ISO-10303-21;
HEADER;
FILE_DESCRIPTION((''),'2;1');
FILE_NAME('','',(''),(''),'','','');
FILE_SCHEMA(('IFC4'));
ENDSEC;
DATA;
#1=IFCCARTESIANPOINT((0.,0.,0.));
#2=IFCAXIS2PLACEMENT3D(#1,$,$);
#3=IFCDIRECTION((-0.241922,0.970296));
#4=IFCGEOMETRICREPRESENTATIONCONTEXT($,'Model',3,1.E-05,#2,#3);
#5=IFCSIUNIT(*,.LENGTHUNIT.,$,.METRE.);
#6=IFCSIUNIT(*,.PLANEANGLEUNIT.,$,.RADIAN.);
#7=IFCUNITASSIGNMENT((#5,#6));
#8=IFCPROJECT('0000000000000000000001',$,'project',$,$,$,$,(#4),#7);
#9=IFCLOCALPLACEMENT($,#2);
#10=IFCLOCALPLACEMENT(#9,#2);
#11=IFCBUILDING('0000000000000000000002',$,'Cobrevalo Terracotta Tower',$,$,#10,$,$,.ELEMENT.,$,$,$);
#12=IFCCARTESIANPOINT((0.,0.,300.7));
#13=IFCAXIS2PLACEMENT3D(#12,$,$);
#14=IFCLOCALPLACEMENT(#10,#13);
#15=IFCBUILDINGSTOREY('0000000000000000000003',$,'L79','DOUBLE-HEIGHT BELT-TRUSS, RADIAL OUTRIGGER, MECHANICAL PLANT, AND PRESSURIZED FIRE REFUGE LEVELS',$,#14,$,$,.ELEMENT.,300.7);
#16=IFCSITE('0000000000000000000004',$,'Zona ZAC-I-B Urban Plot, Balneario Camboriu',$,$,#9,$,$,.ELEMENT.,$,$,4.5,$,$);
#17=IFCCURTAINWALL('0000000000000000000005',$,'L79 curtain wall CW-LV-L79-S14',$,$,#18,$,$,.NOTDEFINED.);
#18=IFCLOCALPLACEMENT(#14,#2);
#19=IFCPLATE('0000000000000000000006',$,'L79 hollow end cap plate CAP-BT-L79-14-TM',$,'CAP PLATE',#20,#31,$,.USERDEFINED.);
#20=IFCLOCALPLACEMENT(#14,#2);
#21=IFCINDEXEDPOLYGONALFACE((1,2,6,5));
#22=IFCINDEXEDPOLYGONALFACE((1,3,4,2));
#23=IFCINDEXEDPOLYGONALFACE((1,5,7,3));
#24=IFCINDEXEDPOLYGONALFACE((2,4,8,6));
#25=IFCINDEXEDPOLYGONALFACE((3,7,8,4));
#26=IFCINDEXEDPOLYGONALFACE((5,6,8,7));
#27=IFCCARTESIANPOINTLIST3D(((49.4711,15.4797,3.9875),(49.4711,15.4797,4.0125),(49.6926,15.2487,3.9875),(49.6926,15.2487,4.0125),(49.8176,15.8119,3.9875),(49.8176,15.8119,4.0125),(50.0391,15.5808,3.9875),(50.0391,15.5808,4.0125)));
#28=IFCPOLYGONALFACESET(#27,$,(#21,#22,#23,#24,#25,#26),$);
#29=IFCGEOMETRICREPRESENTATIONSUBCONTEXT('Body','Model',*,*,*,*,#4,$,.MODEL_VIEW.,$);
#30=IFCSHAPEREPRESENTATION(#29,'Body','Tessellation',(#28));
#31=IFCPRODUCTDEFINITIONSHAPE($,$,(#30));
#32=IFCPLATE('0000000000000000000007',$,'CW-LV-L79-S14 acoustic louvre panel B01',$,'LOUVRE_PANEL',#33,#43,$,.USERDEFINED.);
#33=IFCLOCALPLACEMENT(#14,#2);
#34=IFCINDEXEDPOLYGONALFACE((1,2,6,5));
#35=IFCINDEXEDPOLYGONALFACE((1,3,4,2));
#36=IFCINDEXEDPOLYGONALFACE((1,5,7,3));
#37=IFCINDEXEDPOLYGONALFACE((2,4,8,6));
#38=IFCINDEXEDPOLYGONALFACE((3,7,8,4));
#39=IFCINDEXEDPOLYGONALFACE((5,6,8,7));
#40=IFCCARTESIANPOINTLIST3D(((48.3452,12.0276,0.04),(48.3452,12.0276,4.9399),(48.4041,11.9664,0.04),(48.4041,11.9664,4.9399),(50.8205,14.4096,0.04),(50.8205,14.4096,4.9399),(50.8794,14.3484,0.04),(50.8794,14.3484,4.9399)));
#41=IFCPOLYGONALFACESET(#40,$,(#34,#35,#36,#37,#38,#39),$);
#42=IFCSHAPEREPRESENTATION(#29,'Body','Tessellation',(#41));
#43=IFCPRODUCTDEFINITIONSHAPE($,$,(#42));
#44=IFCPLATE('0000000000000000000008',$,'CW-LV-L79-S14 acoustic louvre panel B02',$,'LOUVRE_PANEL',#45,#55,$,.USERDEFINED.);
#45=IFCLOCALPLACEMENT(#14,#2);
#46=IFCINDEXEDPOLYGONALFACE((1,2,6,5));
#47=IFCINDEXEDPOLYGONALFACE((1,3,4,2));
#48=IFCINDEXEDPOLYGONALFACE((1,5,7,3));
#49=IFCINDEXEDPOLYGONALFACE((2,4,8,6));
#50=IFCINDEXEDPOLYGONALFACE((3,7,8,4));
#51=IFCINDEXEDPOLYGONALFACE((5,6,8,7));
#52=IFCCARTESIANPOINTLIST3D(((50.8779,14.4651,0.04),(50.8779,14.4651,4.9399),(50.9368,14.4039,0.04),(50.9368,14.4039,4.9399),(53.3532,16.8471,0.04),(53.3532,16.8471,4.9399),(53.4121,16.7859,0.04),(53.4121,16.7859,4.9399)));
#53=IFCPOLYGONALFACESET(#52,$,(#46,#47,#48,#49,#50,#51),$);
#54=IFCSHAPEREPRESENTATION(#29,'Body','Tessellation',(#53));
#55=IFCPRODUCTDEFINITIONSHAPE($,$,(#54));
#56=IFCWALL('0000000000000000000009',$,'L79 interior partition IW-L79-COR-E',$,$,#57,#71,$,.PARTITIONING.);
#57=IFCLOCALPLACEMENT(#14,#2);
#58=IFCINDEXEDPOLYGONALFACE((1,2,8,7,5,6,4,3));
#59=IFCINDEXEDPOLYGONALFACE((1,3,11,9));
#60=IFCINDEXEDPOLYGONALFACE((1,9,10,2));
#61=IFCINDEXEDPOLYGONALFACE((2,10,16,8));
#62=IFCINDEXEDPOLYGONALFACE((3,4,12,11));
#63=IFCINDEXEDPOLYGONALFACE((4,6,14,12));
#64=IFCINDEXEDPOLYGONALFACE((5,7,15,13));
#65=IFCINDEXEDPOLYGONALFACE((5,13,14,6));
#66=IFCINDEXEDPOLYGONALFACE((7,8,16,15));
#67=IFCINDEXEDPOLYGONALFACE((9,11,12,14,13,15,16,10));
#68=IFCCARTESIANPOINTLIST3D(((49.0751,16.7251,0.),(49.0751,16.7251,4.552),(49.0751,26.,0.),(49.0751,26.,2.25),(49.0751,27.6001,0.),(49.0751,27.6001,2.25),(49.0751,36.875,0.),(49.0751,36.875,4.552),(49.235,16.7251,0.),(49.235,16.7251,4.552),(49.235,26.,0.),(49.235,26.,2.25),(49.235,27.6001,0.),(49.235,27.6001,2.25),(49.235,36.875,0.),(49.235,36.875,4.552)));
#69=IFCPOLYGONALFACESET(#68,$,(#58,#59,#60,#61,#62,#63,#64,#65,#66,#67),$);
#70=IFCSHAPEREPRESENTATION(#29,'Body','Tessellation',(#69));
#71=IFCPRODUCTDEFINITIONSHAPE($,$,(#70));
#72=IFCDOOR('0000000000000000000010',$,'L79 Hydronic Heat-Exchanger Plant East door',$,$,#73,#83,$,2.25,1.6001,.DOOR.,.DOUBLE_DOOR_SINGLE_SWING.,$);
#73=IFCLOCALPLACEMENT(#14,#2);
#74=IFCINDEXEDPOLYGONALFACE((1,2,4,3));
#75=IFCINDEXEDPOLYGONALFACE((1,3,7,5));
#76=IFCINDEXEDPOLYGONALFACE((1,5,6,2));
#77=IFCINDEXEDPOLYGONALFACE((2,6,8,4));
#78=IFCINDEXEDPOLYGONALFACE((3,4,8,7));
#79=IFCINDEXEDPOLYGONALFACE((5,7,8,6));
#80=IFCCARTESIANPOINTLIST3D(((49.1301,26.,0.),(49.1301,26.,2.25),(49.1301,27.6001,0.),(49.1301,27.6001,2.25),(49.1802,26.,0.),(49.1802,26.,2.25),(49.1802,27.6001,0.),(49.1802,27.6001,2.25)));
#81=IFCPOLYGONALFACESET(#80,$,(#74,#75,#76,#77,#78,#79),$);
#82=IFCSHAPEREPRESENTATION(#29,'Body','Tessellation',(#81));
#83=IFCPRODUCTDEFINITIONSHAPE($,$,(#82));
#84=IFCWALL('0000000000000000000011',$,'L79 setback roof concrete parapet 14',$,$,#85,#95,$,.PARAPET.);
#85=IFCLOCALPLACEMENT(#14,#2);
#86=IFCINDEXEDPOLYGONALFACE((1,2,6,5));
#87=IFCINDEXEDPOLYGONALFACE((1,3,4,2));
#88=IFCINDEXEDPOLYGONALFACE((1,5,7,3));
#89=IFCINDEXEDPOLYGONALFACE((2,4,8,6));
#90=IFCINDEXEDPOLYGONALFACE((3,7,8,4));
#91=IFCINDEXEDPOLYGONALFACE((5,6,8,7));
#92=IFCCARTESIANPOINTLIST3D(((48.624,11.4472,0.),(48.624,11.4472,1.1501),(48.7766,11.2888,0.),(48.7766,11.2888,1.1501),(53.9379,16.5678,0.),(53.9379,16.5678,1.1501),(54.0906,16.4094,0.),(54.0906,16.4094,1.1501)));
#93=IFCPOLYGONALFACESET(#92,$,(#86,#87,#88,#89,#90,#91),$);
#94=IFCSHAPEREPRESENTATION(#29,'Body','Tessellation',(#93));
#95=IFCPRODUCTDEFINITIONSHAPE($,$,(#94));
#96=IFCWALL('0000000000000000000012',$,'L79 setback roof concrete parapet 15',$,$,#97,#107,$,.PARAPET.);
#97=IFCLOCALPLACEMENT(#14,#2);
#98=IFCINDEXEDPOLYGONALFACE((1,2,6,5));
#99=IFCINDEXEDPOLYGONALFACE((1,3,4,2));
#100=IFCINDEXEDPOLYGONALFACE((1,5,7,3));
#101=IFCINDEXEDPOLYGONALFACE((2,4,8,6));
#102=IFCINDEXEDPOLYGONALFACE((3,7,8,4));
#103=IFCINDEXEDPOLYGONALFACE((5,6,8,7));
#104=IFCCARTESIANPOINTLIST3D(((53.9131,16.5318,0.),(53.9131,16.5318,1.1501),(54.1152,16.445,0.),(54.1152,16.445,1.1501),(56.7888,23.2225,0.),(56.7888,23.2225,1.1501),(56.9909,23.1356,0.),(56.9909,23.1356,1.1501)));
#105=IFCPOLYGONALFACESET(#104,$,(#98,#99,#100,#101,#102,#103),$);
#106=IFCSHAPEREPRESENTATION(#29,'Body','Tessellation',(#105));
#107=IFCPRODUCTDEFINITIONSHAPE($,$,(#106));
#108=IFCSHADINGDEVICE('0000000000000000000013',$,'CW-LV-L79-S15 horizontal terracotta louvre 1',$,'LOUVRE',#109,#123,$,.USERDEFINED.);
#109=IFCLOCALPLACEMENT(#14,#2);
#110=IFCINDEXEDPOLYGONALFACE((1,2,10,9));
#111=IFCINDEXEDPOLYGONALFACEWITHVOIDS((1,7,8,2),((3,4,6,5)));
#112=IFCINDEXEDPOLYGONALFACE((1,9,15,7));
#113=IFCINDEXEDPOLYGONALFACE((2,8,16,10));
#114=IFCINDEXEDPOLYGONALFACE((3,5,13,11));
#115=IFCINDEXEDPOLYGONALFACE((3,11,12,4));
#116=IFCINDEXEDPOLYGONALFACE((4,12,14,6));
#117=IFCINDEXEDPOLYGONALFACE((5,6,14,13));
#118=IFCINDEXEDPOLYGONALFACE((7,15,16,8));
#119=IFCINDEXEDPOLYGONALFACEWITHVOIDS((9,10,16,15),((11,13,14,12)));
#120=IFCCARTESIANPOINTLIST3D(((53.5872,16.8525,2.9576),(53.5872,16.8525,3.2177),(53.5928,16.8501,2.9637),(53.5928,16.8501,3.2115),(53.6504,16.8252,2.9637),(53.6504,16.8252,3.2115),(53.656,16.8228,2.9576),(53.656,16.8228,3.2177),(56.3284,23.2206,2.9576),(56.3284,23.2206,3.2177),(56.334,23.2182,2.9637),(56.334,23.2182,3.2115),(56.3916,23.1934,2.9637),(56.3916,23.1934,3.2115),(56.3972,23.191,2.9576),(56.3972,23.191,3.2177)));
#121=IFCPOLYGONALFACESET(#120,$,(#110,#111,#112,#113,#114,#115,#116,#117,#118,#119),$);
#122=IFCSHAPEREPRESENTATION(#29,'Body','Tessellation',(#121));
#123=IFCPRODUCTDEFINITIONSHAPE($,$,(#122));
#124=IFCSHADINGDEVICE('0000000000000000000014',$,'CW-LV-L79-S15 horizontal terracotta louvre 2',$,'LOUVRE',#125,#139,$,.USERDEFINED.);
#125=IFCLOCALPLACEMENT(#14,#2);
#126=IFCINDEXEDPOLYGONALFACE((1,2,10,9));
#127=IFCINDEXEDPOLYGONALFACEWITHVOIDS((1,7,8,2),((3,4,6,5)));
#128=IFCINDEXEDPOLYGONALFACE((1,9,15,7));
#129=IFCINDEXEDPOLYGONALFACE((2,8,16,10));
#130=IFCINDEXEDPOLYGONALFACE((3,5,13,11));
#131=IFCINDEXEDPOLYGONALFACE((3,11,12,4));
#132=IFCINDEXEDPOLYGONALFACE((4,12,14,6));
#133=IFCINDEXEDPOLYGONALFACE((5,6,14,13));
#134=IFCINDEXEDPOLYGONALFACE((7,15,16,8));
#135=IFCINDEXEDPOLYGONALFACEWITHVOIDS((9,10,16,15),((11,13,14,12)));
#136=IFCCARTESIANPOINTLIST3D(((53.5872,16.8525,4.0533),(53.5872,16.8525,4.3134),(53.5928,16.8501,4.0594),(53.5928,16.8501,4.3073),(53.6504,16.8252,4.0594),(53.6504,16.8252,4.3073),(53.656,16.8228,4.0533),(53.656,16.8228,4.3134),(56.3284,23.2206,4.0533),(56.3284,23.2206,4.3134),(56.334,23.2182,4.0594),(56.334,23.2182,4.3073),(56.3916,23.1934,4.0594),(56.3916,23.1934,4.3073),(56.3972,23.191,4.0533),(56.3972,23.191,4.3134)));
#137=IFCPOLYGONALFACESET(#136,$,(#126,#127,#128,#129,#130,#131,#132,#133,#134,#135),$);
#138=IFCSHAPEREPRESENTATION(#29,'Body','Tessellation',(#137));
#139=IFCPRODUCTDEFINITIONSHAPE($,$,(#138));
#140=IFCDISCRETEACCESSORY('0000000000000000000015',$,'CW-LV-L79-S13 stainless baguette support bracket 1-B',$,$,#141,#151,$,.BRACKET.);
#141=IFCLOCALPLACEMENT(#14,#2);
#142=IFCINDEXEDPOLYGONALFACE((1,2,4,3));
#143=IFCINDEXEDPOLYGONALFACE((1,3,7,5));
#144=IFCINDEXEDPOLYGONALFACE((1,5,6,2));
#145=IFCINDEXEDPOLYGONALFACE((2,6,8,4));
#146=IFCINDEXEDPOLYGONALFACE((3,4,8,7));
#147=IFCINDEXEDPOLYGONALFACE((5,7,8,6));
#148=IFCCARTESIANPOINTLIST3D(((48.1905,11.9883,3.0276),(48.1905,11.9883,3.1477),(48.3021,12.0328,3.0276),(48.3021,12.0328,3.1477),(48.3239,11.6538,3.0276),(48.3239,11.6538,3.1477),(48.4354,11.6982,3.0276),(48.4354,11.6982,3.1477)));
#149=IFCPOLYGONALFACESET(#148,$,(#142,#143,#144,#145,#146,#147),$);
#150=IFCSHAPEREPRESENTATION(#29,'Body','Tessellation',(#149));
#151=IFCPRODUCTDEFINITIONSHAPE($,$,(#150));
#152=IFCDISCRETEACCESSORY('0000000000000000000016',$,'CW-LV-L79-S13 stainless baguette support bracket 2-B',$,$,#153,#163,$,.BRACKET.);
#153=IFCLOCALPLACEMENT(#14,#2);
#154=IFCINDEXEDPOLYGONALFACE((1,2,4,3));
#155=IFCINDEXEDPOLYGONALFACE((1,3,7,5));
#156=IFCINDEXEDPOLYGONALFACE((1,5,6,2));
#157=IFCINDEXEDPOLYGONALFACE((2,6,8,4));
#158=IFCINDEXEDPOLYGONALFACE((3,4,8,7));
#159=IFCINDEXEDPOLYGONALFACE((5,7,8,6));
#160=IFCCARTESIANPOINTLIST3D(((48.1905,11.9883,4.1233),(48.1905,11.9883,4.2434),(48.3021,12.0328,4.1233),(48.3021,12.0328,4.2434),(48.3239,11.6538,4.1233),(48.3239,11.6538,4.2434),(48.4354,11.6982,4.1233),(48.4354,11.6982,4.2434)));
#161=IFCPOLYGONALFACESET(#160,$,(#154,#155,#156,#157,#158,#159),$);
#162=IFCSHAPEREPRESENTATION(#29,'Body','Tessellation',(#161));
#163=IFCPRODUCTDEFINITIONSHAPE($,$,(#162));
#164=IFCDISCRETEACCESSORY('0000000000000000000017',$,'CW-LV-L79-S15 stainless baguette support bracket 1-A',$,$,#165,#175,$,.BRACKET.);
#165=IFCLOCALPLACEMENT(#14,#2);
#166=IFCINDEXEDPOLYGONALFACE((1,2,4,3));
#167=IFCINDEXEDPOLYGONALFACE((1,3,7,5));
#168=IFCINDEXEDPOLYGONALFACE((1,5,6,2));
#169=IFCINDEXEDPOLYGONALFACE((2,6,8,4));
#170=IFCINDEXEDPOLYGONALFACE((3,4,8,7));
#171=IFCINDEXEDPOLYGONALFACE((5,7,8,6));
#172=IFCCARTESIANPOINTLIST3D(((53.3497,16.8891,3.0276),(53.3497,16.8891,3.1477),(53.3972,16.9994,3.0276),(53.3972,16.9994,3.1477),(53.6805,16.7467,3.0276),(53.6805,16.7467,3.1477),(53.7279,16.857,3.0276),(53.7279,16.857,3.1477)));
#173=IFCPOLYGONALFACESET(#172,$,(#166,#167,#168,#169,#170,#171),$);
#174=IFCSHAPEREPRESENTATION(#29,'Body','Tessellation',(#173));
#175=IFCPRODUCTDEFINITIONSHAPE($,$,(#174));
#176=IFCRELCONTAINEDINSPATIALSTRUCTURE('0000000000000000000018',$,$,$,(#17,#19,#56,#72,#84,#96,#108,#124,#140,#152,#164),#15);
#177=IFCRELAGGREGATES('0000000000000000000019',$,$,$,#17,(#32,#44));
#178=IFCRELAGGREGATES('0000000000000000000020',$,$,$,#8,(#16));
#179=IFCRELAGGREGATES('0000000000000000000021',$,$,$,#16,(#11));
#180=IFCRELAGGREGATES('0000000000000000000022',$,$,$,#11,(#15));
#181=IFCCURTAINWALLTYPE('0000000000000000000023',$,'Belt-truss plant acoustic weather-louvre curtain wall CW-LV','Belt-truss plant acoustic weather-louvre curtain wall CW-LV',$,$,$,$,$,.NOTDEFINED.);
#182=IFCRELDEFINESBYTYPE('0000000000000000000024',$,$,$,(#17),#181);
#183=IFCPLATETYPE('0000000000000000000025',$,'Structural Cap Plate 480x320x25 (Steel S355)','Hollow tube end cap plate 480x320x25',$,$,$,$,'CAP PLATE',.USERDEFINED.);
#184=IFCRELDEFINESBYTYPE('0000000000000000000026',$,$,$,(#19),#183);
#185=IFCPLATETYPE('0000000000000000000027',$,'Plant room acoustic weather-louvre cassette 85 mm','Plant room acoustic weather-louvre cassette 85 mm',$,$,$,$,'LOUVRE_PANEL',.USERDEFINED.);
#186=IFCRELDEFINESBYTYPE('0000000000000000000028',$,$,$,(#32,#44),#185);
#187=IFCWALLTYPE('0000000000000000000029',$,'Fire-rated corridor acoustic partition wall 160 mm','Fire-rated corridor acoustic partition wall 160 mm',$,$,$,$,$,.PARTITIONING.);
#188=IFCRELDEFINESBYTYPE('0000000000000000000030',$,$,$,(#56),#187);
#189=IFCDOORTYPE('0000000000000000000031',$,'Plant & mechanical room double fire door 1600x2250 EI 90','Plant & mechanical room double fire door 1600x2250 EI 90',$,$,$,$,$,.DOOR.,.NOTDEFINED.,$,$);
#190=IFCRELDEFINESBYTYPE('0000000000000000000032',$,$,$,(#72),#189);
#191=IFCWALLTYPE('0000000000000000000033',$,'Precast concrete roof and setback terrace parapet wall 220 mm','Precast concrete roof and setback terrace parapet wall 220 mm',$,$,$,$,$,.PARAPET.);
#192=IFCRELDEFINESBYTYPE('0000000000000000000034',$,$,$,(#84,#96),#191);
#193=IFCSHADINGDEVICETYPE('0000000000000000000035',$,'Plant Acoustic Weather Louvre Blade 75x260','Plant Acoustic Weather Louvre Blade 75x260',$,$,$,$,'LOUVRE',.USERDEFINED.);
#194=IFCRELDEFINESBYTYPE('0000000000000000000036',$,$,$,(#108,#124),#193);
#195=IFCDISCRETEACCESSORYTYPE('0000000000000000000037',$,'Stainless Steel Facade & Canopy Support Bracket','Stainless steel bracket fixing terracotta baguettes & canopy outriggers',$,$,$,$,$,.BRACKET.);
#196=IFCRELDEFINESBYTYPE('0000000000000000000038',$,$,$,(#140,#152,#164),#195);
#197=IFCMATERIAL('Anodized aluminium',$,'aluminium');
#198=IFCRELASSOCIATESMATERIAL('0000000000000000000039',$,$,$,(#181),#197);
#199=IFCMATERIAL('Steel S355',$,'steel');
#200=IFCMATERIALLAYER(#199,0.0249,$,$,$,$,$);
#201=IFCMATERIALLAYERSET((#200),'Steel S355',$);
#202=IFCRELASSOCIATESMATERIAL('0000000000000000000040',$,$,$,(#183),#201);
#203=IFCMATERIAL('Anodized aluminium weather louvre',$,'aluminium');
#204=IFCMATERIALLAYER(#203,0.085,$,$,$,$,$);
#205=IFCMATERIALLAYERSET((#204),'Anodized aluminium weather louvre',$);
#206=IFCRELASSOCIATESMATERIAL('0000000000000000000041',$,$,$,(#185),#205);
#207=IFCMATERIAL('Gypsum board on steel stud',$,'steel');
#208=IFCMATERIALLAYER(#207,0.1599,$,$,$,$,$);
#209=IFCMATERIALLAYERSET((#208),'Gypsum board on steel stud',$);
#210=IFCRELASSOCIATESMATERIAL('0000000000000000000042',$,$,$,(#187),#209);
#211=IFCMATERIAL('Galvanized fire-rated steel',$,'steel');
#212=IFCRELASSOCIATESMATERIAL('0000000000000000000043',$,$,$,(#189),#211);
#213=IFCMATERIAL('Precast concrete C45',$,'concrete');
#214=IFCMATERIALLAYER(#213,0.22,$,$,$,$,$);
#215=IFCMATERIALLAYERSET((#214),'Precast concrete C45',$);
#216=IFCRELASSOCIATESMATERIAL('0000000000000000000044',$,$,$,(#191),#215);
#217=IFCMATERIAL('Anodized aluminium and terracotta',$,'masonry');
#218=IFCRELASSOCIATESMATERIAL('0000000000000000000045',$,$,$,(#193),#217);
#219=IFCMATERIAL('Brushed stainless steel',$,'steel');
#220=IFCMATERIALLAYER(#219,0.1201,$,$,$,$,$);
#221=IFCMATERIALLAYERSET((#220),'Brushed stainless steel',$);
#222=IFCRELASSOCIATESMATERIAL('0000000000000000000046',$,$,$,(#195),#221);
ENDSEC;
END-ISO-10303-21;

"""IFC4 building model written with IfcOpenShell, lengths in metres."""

from ifc_helpers import new_model, si_unit, direction, frame, frame_2d, origin, origin_2d, place, context, subcontext, project, spatial, rectangle, hollow_rectangle, extrude, source, transform, mapped, material, layer, layer_set, material_profile, profile_set, type_object, element, fill, aggregate, save


model = new_model("IFC4")

# Units and contexts
model_context = context("Model", 3, precision=1e-05, world=origin(), true_north=direction((-0.241922, 0.970296)))
body_context = subcontext(model_context, "Body", "Model", "MODEL_VIEW")
ifc_project = project(units=[si_unit("LENGTHUNIT", "METRE"), si_unit("PLANEANGLEUNIT", "RADIAN")], contexts=[model_context])

# Site, building, storey
site_placement = place(None, origin())
site = spatial("IfcSite", under=ifc_project, at=site_placement, Name="Zona ZAC-I-B Urban Plot, Balneario Camboriu", CompositionType="ELEMENT", RefElevation=4.5)
building_placement = place(site_placement, origin())
building = spatial("IfcBuilding", under=site, at=building_placement, Name="Cobrevalo Terracotta Tower", CompositionType="ELEMENT")
storey_placement = place(building_placement, frame((0.0, 0.0, 300.7)))
storey = spatial("IfcBuildingStorey", under=building, at=storey_placement, Name="L79", Description="DOUBLE-HEIGHT BELT-TRUSS, RADIAL OUTRIGGER, MECHANICAL PLANT, AND PRESSURIZED FIRE REFUGE LEVELS", CompositionType="ELEMENT", Elevation=300.7)

# Shared definitions
ifc_material_1 = material(Name="Steel S355", Category="steel")

# Shared definitions
ifc_material_2 = material(Name="Anodized aluminium", Category="aluminium")
curtain_wall_type = type_object("IfcCurtainWallType", Name="Belt-truss plant acoustic weather-louvre curtain wall CW-LV", Description="Belt-truss plant acoustic weather-louvre curtain wall CW-LV", PredefinedType="NOTDEFINED", material=ifc_material_2)

# Curtain wall
curtain_wall_1_placement = place(storey_placement, origin())
curtain_wall_1 = element("IfcCurtainWall", 1, at=curtain_wall_1_placement, inside=storey, type_object=curtain_wall_type, Name="L79 curtain wall CW-LV-L79-S14", PredefinedType="NOTDEFINED")

# Plate
ifc_layer_1 = layer(ifc_material_1, 0.0249)
ifc_layer_set_1 = layer_set([ifc_layer_1], Name="Steel S355")
plate_type_1 = type_object("IfcPlateType", Name="Structural Cap Plate 480x320x25 (Steel S355)", Description="Hollow tube end cap plate 480x320x25", ElementType="CAP PLATE", PredefinedType="USERDEFINED", material=ifc_layer_set_1)
shared_shape_1 = source(origin(), body_context, "Body", "SweptSolid", [
    extrude(rectangle(XDim=0.48, YDim=0.3201, at=origin_2d()), origin(), (0.0, 0.0, 1.0), 0.0249),
])
for number, where, z_axis, x_axis, name in (
    (2, (49.7551, 15.5303, 3.9875), (0.0, 0.0, 1.0), (0.721856, 0.692044, 0.0), "L79 hollow end cap plate CAP-BT-L79-14-TM"),
):
    element("IfcPlate", number, at=place(storey_placement, frame(where, z_axis=z_axis, x_axis=x_axis)), inside=storey, type_object=plate_type_1, Name=name, ObjectType="CAP PLATE", PredefinedType="USERDEFINED", context=body_context, shape_type="MappedRepresentation", body=[
        mapped(shared_shape_1, transform((0.0, 0.0, 0.0), scale=1.0)),
    ])

# Plates
ifc_material_3 = material(Name="Anodized aluminium weather louvre", Category="aluminium")
ifc_layer_2 = layer(ifc_material_3, 0.085)
ifc_layer_set_2 = layer_set([ifc_layer_2], Name="Anodized aluminium weather louvre")
plate_type_2 = type_object("IfcPlateType", Name="Plant room acoustic weather-louvre cassette 85 mm", Description="Plant room acoustic weather-louvre cassette 85 mm", ElementType="LOUVRE_PANEL", PredefinedType="USERDEFINED", material=ifc_layer_set_2)
shared_shape_2 = source(origin(), body_context, "Body", "SweptSolid", [
    extrude(rectangle(XDim=3.4353, YDim=0.085, at=origin_2d()), origin(), (0.0, 0.0, 1.0), 4.8999),
])
plate_1_placement = place(storey_placement, frame((49.6123, 13.188, 0.04), z_axis=(0.0, 0.0, 1.0), x_axis=(0.720557, 0.693396, 0.0)))
plate_1 = element("IfcPlate", 3, at=plate_1_placement, type_object=plate_type_2, Name="CW-LV-L79-S14 acoustic louvre panel B01", ObjectType="LOUVRE_PANEL", PredefinedType="USERDEFINED", context=body_context, shape_type="MappedRepresentation", body=[
    mapped(shared_shape_2, transform((0.0, 0.0, 0.0), scale=1.0)),
])
plate_2_placement = place(storey_placement, frame((52.145, 15.6255, 0.04), z_axis=(0.0, 0.0, 1.0), x_axis=(0.720557, 0.693396, 0.0)))
plate_2 = element("IfcPlate", 4, at=plate_2_placement, type_object=plate_type_2, Name="CW-LV-L79-S14 acoustic louvre panel B02", ObjectType="LOUVRE_PANEL", PredefinedType="USERDEFINED", context=body_context, shape_type="MappedRepresentation", body=[
    mapped(shared_shape_2, transform((0.0, 0.0, 0.0), scale=1.0)),
])
aggregate(curtain_wall_1, [plate_1, plate_2])

# Wall, opening, door
ifc_material_4 = material(Name="Gypsum board on steel stud", Category="steel")
ifc_layer_3 = layer(ifc_material_4, 0.1599)
ifc_layer_set_3 = layer_set([ifc_layer_3], Name="Gypsum board on steel stud")
wall_type_1 = type_object("IfcWallType", Name="Fire-rated corridor acoustic partition wall 160 mm", Description="Fire-rated corridor acoustic partition wall 160 mm", PredefinedType="PARTITIONING", material=ifc_layer_set_3)
wall_1_placement = place(storey_placement, frame((49.155, 16.7251, 0.0), z_axis=(0.0, 0.0, 1.0), x_axis=(0.0, 1.0, 0.0)))
wall_1 = element("IfcWall", 5, at=wall_1_placement, inside=storey, type_object=wall_type_1, Name="L79 interior partition IW-L79-COR-E", PredefinedType="PARTITIONING", context=body_context, shape_type="SweptSolid", body=[
    extrude(rectangle(XDim=20.1499, YDim=0.1599, at=frame_2d((10.075, 0.0))), origin(), (0.0, 0.0, 1.0), 4.552),
])
opening_placement = place(wall_1_placement, frame((9.2749, 0.0, 0.0)))
opening = element("IfcOpeningElement", 6, at=opening_placement, cuts=wall_1, PredefinedType="OPENING", context=body_context, shape_type="SweptSolid", body=[
    extrude(rectangle(XDim=1.6001, YDim=2.25, at=frame_2d((0.8, 1.125))), frame((0.0, 0.0898, 0.0), z_axis=(0.0, -1.0, 0.0), x_axis=(1.0, 0.0, 0.0)), (0.0, 0.0, 1.0), 0.1799),
])
ifc_material_5 = material(Name="Galvanized fire-rated steel", Category="steel")
door_type = type_object("IfcDoorType", Name="Plant & mechanical room double fire door 1600x2250 EI 90", Description="Plant & mechanical room double fire door 1600x2250 EI 90", OperationType="NOTDEFINED", PredefinedType="DOOR", material=ifc_material_5)
shared_shape_3 = source(origin(), body_context, "Body", "SweptSolid", [
    extrude(rectangle(XDim=1.6001, YDim=2.25, at=frame_2d((0.8, 1.125))), frame((0.0, 0.0249, 0.0), z_axis=(0.0, -1.0, 0.0), x_axis=(1.0, 0.0, 0.0)), (0.0, 0.0, 1.0), 0.05),
])
door_placement = place(opening_placement, origin())
door = element("IfcDoor", 7, at=door_placement, inside=storey, type_object=door_type, Name="L79 Hydronic Heat-Exchanger Plant East door", OperationType="DOUBLE_DOOR_SINGLE_SWING", OverallHeight=2.25, OverallWidth=1.6001, PredefinedType="DOOR", context=body_context, shape_type="MappedRepresentation", body=[
    mapped(shared_shape_3, transform((0.0, 0.0, 0.0), scale=1.0)),
])
fill(opening, door)

# Walls
ifc_material_6 = material(Name="Precast concrete C45", Category="concrete")
ifc_layer_4 = layer(ifc_material_6, 0.22)
ifc_layer_set_4 = layer_set([ifc_layer_4], Name="Precast concrete C45")
wall_type_2 = type_object("IfcWallType", Name="Precast concrete roof and setback terrace parapet wall 220 mm", Description="Precast concrete roof and setback terrace parapet wall 220 mm", PredefinedType="PARAPET", material=ifc_layer_set_4)
wall_2_placement = place(storey_placement, frame((48.7002, 11.3679, 0.0), z_axis=(0.0, 0.0, 1.0), x_axis=(0.720086, 0.693885, 0.0)))
element("IfcWall", 8, at=wall_2_placement, inside=storey, type_object=wall_type_2, Name="L79 setback roof concrete parapet 14", PredefinedType="PARAPET", context=body_context, shape_type="SweptSolid", body=[
    extrude(rectangle(XDim=7.3796, YDim=0.22, at=frame_2d((3.6899, 0.0))), origin(), (0.0, 0.0, 1.0), 1.1501),
])
wall_3_placement = place(storey_placement, frame((54.0142, 16.4885, 0.0), z_axis=(0.0, 0.0, 1.0), x_axis=(0.394882, 0.918732, 0.0)))
element("IfcWall", 9, at=wall_3_placement, inside=storey, type_object=wall_type_2, Name="L79 setback roof concrete parapet 15", PredefinedType="PARAPET", context=body_context, shape_type="SweptSolid", body=[
    extrude(rectangle(XDim=7.2825, YDim=0.22, at=frame_2d((3.6411, 0.0))), origin(), (0.0, 0.0, 1.0), 1.1501),
])

# Shading devices
ifc_material_7 = material(Name="Anodized aluminium and terracotta", Category="masonry")
ifc_material_profile_1 = material_profile(ifc_material_7, hollow_rectangle(XDim=0.075, YDim=0.26, WallThickness=0.0061, at=origin_2d()), Name="LOUVRE BLADE 75x260")
ifc_profile_set_1 = profile_set([ifc_material_profile_1], Name="Anodized aluminium and terracotta")
shading_device_type = type_object("IfcShadingDeviceType", Name="Plant Acoustic Weather Louvre Blade 75x260", Description="Plant Acoustic Weather Louvre Blade 75x260", ElementType="LOUVRE", PredefinedType="USERDEFINED", material=ifc_profile_set_1)
shared_shape_4 = source(origin(), body_context, "Body", "SweptSolid", [
    extrude(hollow_rectangle(XDim=0.075, YDim=0.26, WallThickness=0.0061, at=origin_2d()), origin(), (0.0, 0.0, 1.0), 6.9331),
])
for number, where, z_axis, x_axis, name in (
    (10, (53.6216, 16.8376, 3.0876), (0.395381, 0.918517, 0.0), (-0.918517, 0.395381, 0.0), "CW-LV-L79-S15 horizontal terracotta louvre 1"),
    (11, (53.6216, 16.8376, 4.1833), (0.395381, 0.918517, 0.0), (-0.918517, 0.395381, 0.0), "CW-LV-L79-S15 horizontal terracotta louvre 2"),
):
    element("IfcShadingDevice", number, at=place(storey_placement, frame(where, z_axis=z_axis, x_axis=x_axis)), inside=storey, type_object=shading_device_type, Name=name, ObjectType="LOUVRE", PredefinedType="USERDEFINED", context=body_context, shape_type="MappedRepresentation", body=[
        mapped(shared_shape_4, transform((0.0, 0.0, 0.0), scale=1.0)),
    ])

# Discrete accessories
ifc_material_8 = material(Name="Brushed stainless steel", Category="steel")
ifc_layer_5 = layer(ifc_material_8, 0.1201)
ifc_layer_set_5 = layer_set([ifc_layer_5], Name="Brushed stainless steel")
discrete_accessory_type = type_object("IfcDiscreteAccessoryType", Name="Stainless Steel Facade & Canopy Support Bracket", Description="Stainless steel bracket fixing terracotta baguettes & canopy outriggers", PredefinedType="BRACKET", material=ifc_layer_set_5)
shared_shape_5 = source(origin(), body_context, "Body", "SweptSolid", [
    extrude(rectangle(XDim=0.1201, YDim=0.3601, at=origin_2d()), origin(), (0.0, 0.0, 1.0), 0.1201),
])
for number, where, z_axis, x_axis, name in (
    (12, (48.313, 11.8433, 3.0276), (0.0, 0.0, 1.0), (0.928925, 0.370269, 0.0), "CW-LV-L79-S13 stainless baguette support bracket 1-B"),
    (13, (48.313, 11.8433, 4.1233), (0.0, 0.0, 1.0), (0.928925, 0.370269, 0.0), "CW-LV-L79-S13 stainless baguette support bracket 2-B"),
    (14, (53.5388, 16.873, 3.0276), (0.0, 0.0, 1.0), (0.395368, 0.918523, 0.0), "CW-LV-L79-S15 stainless baguette support bracket 1-A"),
):
    element("IfcDiscreteAccessory", number, at=place(storey_placement, frame(where, z_axis=z_axis, x_axis=x_axis)), inside=storey, type_object=discrete_accessory_type, Name=name, PredefinedType="BRACKET", context=body_context, shape_type="MappedRepresentation", body=[
        mapped(shared_shape_5, transform((0.0, 0.0, 0.0), scale=1.0)),
    ])

save(model, "model.ifc")
